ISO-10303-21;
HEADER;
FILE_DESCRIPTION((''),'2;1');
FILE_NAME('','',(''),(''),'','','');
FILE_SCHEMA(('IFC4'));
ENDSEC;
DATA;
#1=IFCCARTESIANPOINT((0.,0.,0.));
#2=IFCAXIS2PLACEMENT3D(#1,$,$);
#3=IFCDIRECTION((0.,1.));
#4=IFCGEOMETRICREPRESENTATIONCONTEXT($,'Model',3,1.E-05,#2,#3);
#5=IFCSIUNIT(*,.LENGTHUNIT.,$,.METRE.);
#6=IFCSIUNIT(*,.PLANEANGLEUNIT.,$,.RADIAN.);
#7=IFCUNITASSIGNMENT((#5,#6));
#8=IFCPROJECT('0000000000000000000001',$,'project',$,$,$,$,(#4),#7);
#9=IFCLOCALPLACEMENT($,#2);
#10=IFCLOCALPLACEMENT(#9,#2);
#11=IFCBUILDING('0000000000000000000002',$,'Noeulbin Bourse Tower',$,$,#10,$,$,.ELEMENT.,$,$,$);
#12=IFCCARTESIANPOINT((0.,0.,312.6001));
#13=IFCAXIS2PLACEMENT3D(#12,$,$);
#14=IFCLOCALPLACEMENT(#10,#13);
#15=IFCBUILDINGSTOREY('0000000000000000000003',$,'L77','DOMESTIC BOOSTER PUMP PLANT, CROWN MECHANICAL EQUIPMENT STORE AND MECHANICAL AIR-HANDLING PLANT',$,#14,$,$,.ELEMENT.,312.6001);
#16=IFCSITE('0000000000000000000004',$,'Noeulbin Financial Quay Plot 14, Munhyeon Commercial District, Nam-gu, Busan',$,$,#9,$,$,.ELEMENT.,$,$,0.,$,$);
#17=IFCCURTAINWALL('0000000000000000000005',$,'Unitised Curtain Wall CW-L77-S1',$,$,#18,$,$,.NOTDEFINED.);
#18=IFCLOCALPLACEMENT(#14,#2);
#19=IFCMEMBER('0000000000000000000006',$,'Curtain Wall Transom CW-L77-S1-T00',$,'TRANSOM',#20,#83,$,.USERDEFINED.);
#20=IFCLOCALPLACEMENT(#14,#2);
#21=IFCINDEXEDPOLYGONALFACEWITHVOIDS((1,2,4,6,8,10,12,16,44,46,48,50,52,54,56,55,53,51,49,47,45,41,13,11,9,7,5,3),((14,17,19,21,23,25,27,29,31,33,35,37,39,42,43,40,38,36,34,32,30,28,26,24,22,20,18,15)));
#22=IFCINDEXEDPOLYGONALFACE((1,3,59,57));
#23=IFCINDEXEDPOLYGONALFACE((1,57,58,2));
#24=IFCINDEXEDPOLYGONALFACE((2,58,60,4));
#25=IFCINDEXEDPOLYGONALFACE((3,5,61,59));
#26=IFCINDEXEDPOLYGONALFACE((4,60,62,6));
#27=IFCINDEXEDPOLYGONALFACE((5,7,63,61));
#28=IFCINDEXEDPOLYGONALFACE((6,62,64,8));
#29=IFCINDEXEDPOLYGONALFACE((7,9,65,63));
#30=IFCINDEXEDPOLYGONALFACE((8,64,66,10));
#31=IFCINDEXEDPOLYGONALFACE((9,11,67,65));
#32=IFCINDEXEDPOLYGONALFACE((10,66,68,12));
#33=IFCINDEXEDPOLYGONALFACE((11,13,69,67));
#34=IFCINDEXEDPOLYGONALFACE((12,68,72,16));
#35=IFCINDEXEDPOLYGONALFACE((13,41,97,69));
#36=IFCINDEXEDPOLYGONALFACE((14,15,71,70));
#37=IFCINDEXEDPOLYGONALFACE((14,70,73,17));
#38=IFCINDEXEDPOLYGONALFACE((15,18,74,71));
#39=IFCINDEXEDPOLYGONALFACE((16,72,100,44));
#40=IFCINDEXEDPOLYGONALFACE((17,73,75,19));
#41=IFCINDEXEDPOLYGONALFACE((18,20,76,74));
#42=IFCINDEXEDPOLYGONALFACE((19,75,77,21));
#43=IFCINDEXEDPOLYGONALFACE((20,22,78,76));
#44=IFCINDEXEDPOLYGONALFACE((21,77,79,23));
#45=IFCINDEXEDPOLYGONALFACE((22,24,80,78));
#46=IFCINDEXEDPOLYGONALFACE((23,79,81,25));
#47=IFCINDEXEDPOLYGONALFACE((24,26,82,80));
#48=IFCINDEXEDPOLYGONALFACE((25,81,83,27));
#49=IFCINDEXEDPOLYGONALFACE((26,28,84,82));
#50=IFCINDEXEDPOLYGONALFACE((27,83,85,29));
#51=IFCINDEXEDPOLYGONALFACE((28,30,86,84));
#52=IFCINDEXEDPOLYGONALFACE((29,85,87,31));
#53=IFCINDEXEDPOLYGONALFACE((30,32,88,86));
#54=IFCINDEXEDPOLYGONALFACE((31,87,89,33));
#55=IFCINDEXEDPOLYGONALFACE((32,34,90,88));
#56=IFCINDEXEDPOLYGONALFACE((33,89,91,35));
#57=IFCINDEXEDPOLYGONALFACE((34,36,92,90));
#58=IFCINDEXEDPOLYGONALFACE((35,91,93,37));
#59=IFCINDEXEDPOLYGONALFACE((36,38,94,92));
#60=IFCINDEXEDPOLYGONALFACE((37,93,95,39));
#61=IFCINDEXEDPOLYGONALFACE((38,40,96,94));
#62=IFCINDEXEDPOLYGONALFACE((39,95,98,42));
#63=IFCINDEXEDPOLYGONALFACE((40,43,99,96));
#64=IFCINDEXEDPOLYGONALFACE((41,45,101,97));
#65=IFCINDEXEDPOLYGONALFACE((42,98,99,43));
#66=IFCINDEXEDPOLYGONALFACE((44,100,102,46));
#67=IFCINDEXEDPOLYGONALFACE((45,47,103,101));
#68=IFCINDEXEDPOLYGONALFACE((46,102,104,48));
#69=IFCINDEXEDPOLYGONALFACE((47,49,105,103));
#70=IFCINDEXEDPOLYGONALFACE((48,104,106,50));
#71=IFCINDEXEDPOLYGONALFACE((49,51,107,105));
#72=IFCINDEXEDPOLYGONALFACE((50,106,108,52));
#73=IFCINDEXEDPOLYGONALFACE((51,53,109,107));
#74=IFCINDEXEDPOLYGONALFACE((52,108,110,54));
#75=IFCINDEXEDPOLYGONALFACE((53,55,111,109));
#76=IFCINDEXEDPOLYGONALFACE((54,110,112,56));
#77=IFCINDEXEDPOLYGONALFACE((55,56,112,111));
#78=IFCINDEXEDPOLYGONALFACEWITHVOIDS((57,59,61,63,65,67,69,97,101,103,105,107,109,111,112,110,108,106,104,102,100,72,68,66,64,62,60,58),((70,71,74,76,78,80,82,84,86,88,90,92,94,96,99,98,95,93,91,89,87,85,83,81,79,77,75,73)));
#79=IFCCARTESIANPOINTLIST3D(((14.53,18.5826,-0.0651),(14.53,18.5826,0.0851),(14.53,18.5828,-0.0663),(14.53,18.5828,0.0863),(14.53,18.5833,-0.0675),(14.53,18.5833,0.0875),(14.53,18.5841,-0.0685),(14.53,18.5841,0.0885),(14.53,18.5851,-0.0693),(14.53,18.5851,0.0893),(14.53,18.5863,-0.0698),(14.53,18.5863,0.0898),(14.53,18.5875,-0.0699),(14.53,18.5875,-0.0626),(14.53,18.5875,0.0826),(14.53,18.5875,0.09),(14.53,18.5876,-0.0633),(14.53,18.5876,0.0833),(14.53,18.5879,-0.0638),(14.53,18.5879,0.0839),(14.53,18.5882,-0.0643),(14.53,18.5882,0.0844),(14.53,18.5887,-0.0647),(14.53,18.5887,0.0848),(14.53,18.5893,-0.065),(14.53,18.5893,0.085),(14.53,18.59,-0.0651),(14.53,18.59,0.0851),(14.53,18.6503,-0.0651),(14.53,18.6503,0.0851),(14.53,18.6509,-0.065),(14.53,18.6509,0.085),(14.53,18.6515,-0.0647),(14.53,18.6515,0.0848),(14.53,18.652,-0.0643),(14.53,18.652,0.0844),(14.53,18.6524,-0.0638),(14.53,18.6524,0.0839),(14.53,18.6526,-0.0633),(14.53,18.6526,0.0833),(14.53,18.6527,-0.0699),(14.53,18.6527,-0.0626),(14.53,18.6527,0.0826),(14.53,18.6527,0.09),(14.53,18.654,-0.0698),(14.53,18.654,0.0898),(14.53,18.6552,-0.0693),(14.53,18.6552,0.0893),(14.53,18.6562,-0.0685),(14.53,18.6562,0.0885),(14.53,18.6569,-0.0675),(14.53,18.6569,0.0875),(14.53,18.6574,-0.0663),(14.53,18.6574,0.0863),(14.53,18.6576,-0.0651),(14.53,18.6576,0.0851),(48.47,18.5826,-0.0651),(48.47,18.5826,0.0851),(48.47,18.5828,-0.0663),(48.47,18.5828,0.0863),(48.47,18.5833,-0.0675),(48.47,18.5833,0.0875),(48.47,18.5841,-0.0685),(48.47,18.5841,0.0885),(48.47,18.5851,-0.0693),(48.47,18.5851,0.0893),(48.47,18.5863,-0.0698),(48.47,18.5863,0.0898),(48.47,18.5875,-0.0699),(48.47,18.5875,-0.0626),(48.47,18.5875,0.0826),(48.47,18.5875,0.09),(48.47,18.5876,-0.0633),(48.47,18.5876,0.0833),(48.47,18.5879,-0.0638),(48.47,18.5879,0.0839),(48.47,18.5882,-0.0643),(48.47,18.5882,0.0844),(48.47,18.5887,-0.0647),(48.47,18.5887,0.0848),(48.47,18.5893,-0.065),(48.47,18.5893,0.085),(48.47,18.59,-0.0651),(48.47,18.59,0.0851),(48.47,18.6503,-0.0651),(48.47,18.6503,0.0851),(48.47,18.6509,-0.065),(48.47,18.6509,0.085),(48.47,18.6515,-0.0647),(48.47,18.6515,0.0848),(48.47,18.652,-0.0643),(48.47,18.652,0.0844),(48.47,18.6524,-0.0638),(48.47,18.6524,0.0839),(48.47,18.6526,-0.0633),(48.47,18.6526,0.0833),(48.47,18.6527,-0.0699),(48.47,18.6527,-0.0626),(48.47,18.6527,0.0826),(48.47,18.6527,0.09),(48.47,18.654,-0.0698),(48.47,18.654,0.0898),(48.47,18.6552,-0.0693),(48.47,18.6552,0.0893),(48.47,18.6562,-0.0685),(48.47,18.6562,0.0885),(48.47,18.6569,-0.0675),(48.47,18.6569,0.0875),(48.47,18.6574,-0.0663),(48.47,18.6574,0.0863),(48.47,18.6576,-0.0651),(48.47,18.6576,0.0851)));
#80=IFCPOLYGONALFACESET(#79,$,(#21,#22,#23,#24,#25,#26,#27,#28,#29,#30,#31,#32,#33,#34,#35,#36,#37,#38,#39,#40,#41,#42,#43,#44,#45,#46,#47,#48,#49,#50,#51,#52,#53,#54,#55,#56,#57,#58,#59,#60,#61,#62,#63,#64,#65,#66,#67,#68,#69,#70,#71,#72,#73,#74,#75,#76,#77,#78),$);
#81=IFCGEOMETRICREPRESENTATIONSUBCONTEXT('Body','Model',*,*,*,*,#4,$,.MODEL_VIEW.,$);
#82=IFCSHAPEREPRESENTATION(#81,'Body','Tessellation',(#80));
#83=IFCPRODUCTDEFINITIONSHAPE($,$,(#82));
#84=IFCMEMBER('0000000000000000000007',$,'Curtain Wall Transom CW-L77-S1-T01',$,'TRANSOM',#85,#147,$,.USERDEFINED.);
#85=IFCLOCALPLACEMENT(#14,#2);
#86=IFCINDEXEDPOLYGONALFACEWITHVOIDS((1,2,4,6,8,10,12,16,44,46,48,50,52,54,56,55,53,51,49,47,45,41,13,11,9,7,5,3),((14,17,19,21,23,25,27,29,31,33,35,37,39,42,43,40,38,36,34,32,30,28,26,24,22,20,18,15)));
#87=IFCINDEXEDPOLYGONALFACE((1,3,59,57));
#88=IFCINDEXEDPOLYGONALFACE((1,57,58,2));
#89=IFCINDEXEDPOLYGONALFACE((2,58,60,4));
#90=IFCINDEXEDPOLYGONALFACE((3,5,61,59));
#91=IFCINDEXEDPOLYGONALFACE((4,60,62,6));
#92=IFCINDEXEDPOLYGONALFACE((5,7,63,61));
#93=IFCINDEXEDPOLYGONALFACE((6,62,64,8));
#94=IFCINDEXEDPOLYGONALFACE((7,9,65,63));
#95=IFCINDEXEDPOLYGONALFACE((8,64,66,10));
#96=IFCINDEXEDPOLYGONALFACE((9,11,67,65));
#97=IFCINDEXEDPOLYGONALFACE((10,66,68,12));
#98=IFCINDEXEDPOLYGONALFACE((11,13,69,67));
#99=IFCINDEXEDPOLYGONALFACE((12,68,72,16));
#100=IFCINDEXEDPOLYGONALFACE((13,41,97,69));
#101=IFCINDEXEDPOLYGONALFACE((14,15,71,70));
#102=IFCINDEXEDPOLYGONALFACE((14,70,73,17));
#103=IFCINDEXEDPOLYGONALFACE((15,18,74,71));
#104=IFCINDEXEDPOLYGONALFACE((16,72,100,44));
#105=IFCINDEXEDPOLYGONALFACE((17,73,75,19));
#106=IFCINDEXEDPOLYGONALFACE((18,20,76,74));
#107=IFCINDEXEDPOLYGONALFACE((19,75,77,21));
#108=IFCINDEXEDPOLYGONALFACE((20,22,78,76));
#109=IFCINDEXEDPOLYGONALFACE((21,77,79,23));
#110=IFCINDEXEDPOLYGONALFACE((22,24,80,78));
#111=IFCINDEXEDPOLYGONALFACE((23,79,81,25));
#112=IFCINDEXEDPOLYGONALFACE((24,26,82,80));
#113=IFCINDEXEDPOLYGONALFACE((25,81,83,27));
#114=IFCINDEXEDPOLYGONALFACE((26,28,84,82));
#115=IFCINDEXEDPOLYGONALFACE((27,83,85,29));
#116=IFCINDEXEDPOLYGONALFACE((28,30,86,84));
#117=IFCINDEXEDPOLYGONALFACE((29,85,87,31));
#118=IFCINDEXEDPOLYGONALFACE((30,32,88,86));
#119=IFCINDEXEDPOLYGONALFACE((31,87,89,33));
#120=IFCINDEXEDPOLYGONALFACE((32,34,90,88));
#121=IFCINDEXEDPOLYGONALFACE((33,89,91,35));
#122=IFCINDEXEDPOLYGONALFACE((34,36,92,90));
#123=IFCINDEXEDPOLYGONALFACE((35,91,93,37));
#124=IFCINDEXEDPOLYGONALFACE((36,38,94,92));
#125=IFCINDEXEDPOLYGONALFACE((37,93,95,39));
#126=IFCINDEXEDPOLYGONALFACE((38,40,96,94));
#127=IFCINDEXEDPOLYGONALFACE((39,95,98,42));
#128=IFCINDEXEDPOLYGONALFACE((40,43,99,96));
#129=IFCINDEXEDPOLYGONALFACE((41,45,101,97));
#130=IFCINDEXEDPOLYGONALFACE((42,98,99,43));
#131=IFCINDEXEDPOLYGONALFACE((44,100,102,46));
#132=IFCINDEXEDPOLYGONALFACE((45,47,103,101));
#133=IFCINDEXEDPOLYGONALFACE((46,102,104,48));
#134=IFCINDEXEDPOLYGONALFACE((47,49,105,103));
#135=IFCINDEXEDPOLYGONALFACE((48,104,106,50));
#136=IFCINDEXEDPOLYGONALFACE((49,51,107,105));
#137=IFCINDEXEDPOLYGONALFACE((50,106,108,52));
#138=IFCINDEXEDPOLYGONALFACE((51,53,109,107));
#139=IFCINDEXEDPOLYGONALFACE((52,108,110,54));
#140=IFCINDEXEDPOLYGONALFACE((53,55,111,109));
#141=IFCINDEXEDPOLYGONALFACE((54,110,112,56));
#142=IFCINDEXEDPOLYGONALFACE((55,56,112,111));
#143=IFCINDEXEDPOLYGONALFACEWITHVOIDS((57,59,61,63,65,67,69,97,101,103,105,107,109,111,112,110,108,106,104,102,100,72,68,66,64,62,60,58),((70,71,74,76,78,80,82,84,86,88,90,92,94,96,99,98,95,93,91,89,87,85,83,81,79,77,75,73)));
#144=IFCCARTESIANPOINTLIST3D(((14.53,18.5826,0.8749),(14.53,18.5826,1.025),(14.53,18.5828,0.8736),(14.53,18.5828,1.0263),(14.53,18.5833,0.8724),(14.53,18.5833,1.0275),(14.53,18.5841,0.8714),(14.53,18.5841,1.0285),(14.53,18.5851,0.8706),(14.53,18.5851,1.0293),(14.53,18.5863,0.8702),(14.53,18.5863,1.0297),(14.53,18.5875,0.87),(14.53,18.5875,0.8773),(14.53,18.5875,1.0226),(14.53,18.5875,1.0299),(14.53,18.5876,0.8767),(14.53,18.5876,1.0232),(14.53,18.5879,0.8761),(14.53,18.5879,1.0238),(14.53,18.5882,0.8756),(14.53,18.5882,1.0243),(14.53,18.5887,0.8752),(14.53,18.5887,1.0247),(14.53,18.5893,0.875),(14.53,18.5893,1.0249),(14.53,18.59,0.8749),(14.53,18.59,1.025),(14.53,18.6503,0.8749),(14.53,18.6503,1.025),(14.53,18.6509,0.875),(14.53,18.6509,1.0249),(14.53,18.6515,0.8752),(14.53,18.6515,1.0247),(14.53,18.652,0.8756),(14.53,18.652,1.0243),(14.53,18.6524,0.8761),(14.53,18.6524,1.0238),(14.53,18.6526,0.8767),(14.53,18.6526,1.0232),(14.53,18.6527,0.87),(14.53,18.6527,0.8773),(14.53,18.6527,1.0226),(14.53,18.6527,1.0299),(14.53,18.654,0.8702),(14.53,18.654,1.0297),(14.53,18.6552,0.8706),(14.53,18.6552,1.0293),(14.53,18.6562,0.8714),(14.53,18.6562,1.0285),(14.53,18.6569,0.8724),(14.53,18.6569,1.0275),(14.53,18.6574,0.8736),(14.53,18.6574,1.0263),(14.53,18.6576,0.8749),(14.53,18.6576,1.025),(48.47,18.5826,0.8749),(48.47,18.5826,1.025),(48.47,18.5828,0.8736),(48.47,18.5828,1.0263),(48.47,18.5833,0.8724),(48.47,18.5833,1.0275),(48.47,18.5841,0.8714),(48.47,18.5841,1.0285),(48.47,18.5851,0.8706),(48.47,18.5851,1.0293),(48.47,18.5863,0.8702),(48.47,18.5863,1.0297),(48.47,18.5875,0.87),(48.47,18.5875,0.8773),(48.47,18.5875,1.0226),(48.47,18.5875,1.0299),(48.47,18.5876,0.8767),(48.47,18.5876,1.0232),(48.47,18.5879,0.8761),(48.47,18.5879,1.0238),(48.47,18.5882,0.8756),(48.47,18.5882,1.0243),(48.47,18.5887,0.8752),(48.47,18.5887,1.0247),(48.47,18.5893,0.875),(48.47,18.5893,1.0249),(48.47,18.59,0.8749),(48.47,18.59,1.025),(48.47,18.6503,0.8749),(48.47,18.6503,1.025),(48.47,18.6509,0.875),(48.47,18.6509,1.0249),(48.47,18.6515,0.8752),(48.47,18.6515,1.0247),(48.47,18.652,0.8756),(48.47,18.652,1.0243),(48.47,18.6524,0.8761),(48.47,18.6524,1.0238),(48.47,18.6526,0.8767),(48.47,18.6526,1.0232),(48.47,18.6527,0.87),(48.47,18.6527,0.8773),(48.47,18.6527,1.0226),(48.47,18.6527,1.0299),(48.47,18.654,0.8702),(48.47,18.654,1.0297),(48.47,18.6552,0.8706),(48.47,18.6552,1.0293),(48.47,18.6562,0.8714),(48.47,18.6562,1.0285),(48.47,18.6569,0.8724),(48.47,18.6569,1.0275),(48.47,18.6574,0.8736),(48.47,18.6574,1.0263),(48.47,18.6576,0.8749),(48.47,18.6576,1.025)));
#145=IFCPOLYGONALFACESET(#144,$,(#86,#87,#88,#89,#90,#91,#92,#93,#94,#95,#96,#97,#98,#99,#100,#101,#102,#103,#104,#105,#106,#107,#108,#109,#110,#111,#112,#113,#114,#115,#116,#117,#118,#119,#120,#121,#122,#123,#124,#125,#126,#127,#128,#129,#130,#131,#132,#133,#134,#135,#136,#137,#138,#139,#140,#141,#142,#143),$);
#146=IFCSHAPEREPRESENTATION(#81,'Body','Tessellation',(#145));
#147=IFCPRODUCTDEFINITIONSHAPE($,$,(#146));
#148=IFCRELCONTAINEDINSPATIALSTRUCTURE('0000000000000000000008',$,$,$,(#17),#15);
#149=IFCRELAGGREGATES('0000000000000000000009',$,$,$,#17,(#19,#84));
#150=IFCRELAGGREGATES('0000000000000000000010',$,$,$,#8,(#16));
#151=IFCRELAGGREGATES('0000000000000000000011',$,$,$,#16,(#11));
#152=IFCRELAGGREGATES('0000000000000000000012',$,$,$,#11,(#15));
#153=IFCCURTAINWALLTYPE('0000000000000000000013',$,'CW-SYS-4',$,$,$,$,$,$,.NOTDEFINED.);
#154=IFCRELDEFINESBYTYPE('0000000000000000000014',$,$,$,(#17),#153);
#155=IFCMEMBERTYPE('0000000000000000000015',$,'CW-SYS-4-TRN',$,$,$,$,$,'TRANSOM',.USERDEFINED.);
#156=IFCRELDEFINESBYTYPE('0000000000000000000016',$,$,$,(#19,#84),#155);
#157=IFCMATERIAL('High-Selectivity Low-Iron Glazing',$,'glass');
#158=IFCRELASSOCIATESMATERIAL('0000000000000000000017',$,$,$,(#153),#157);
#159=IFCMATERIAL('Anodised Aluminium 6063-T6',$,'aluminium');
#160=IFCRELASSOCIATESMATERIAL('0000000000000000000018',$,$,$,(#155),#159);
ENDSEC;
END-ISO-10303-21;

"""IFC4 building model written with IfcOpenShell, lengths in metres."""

from ifc_helpers import new_model, si_unit, direction, frame, origin, origin_2d, place, context, subcontext, project, spatial, hollow_rectangle, extrude, material, material_profile, profile_set, type_object, element, aggregate, save


model = new_model("IFC4")

# Units and contexts
model_context = context("Model", 3, precision=1e-05, world=origin(), true_north=direction((0.0, 1.0)))
body_context = subcontext(model_context, "Body", "Model", "MODEL_VIEW")
ifc_project = project(units=[si_unit("LENGTHUNIT", "METRE"), si_unit("PLANEANGLEUNIT", "RADIAN")], contexts=[model_context])

# Site, building, storey
site_placement = place(None, origin())
site = spatial("IfcSite", under=ifc_project, at=site_placement, Name="Noeulbin Financial Quay Plot 14, Munhyeon Commercial District, Nam-gu, Busan", CompositionType="ELEMENT", RefElevation=0.0)
building_placement = place(site_placement, origin())
building = spatial("IfcBuilding", under=site, at=building_placement, Name="Noeulbin Bourse Tower", CompositionType="ELEMENT")
storey_placement = place(building_placement, frame((0.0, 0.0, 312.6001)))
storey = spatial("IfcBuildingStorey", under=building, at=storey_placement, Name="L77", Description="DOMESTIC BOOSTER PUMP PLANT, CROWN MECHANICAL EQUIPMENT STORE AND MECHANICAL AIR-HANDLING PLANT", CompositionType="ELEMENT", Elevation=312.6001)

# Curtain wall
ifc_material_1 = material(Name="High-Selectivity Low-Iron Glazing", Category="glass")
curtain_wall_type = type_object("IfcCurtainWallType", Name="CW-SYS-4", PredefinedType="NOTDEFINED", material=ifc_material_1)
curtain_wall_1_placement = place(storey_placement, origin())
curtain_wall_1 = element("IfcCurtainWall", 1, at=curtain_wall_1_placement, inside=storey, type_object=curtain_wall_type, Name="Unitised Curtain Wall CW-L77-S1", PredefinedType="NOTDEFINED")
ifc_material_2 = material(Name="Anodised Aluminium 6063-T6", Category="aluminium")

# Members
ifc_material_profile_1 = material_profile(ifc_material_2, hollow_rectangle(XDim=0.075, YDim=0.1599, WallThickness=0.0049, InnerFilletRadius=0.0024, OuterFilletRadius=0.0049, at=origin_2d()), Name="ALU-TRAN-75x160x5", Category="LoadBearing")
ifc_profile_set_1 = profile_set([ifc_material_profile_1], Name="Anodised Aluminium 6063-T6")
member_type_1 = type_object("IfcMemberType", Name="CW-SYS-4-TRN", ElementType="TRANSOM", PredefinedType="USERDEFINED", material=ifc_profile_set_1)
member_1_placement = place(storey_placement, frame((14.53, 18.6201, 0.01), z_axis=(1.0, 0.0, 0.0), x_axis=(0.0, 1.0, 0.0)))
member_1 = element("IfcMember", 2, at=member_1_placement, type_object=member_type_1, Name="Curtain Wall Transom CW-L77-S1-T00", ObjectType="TRANSOM", PredefinedType="USERDEFINED", context=body_context, shape_type="SweptSolid", body=[
    extrude(hollow_rectangle(XDim=0.075, YDim=0.1599, WallThickness=0.0049, InnerFilletRadius=0.0024, OuterFilletRadius=0.0049, at=origin_2d()), origin(), (0.0, 0.0, 1.0), 33.9399),
])
member_2_placement = place(storey_placement, frame((14.53, 18.6201, 0.95), z_axis=(1.0, 0.0, 0.0), x_axis=(0.0, 1.0, 0.0)))
member_2 = element("IfcMember", 3, at=member_2_placement, type_object=member_type_1, Name="Curtain Wall Transom CW-L77-S1-T01", ObjectType="TRANSOM", PredefinedType="USERDEFINED", context=body_context, shape_type="SweptSolid", body=[
    extrude(hollow_rectangle(XDim=0.075, YDim=0.1599, WallThickness=0.0049, InnerFilletRadius=0.0024, OuterFilletRadius=0.0049, at=origin_2d()), origin(), (0.0, 0.0, 1.0), 33.9399),
])

aggregate(curtain_wall_1, [member_1, member_2])

save(model, "model.ifc")
